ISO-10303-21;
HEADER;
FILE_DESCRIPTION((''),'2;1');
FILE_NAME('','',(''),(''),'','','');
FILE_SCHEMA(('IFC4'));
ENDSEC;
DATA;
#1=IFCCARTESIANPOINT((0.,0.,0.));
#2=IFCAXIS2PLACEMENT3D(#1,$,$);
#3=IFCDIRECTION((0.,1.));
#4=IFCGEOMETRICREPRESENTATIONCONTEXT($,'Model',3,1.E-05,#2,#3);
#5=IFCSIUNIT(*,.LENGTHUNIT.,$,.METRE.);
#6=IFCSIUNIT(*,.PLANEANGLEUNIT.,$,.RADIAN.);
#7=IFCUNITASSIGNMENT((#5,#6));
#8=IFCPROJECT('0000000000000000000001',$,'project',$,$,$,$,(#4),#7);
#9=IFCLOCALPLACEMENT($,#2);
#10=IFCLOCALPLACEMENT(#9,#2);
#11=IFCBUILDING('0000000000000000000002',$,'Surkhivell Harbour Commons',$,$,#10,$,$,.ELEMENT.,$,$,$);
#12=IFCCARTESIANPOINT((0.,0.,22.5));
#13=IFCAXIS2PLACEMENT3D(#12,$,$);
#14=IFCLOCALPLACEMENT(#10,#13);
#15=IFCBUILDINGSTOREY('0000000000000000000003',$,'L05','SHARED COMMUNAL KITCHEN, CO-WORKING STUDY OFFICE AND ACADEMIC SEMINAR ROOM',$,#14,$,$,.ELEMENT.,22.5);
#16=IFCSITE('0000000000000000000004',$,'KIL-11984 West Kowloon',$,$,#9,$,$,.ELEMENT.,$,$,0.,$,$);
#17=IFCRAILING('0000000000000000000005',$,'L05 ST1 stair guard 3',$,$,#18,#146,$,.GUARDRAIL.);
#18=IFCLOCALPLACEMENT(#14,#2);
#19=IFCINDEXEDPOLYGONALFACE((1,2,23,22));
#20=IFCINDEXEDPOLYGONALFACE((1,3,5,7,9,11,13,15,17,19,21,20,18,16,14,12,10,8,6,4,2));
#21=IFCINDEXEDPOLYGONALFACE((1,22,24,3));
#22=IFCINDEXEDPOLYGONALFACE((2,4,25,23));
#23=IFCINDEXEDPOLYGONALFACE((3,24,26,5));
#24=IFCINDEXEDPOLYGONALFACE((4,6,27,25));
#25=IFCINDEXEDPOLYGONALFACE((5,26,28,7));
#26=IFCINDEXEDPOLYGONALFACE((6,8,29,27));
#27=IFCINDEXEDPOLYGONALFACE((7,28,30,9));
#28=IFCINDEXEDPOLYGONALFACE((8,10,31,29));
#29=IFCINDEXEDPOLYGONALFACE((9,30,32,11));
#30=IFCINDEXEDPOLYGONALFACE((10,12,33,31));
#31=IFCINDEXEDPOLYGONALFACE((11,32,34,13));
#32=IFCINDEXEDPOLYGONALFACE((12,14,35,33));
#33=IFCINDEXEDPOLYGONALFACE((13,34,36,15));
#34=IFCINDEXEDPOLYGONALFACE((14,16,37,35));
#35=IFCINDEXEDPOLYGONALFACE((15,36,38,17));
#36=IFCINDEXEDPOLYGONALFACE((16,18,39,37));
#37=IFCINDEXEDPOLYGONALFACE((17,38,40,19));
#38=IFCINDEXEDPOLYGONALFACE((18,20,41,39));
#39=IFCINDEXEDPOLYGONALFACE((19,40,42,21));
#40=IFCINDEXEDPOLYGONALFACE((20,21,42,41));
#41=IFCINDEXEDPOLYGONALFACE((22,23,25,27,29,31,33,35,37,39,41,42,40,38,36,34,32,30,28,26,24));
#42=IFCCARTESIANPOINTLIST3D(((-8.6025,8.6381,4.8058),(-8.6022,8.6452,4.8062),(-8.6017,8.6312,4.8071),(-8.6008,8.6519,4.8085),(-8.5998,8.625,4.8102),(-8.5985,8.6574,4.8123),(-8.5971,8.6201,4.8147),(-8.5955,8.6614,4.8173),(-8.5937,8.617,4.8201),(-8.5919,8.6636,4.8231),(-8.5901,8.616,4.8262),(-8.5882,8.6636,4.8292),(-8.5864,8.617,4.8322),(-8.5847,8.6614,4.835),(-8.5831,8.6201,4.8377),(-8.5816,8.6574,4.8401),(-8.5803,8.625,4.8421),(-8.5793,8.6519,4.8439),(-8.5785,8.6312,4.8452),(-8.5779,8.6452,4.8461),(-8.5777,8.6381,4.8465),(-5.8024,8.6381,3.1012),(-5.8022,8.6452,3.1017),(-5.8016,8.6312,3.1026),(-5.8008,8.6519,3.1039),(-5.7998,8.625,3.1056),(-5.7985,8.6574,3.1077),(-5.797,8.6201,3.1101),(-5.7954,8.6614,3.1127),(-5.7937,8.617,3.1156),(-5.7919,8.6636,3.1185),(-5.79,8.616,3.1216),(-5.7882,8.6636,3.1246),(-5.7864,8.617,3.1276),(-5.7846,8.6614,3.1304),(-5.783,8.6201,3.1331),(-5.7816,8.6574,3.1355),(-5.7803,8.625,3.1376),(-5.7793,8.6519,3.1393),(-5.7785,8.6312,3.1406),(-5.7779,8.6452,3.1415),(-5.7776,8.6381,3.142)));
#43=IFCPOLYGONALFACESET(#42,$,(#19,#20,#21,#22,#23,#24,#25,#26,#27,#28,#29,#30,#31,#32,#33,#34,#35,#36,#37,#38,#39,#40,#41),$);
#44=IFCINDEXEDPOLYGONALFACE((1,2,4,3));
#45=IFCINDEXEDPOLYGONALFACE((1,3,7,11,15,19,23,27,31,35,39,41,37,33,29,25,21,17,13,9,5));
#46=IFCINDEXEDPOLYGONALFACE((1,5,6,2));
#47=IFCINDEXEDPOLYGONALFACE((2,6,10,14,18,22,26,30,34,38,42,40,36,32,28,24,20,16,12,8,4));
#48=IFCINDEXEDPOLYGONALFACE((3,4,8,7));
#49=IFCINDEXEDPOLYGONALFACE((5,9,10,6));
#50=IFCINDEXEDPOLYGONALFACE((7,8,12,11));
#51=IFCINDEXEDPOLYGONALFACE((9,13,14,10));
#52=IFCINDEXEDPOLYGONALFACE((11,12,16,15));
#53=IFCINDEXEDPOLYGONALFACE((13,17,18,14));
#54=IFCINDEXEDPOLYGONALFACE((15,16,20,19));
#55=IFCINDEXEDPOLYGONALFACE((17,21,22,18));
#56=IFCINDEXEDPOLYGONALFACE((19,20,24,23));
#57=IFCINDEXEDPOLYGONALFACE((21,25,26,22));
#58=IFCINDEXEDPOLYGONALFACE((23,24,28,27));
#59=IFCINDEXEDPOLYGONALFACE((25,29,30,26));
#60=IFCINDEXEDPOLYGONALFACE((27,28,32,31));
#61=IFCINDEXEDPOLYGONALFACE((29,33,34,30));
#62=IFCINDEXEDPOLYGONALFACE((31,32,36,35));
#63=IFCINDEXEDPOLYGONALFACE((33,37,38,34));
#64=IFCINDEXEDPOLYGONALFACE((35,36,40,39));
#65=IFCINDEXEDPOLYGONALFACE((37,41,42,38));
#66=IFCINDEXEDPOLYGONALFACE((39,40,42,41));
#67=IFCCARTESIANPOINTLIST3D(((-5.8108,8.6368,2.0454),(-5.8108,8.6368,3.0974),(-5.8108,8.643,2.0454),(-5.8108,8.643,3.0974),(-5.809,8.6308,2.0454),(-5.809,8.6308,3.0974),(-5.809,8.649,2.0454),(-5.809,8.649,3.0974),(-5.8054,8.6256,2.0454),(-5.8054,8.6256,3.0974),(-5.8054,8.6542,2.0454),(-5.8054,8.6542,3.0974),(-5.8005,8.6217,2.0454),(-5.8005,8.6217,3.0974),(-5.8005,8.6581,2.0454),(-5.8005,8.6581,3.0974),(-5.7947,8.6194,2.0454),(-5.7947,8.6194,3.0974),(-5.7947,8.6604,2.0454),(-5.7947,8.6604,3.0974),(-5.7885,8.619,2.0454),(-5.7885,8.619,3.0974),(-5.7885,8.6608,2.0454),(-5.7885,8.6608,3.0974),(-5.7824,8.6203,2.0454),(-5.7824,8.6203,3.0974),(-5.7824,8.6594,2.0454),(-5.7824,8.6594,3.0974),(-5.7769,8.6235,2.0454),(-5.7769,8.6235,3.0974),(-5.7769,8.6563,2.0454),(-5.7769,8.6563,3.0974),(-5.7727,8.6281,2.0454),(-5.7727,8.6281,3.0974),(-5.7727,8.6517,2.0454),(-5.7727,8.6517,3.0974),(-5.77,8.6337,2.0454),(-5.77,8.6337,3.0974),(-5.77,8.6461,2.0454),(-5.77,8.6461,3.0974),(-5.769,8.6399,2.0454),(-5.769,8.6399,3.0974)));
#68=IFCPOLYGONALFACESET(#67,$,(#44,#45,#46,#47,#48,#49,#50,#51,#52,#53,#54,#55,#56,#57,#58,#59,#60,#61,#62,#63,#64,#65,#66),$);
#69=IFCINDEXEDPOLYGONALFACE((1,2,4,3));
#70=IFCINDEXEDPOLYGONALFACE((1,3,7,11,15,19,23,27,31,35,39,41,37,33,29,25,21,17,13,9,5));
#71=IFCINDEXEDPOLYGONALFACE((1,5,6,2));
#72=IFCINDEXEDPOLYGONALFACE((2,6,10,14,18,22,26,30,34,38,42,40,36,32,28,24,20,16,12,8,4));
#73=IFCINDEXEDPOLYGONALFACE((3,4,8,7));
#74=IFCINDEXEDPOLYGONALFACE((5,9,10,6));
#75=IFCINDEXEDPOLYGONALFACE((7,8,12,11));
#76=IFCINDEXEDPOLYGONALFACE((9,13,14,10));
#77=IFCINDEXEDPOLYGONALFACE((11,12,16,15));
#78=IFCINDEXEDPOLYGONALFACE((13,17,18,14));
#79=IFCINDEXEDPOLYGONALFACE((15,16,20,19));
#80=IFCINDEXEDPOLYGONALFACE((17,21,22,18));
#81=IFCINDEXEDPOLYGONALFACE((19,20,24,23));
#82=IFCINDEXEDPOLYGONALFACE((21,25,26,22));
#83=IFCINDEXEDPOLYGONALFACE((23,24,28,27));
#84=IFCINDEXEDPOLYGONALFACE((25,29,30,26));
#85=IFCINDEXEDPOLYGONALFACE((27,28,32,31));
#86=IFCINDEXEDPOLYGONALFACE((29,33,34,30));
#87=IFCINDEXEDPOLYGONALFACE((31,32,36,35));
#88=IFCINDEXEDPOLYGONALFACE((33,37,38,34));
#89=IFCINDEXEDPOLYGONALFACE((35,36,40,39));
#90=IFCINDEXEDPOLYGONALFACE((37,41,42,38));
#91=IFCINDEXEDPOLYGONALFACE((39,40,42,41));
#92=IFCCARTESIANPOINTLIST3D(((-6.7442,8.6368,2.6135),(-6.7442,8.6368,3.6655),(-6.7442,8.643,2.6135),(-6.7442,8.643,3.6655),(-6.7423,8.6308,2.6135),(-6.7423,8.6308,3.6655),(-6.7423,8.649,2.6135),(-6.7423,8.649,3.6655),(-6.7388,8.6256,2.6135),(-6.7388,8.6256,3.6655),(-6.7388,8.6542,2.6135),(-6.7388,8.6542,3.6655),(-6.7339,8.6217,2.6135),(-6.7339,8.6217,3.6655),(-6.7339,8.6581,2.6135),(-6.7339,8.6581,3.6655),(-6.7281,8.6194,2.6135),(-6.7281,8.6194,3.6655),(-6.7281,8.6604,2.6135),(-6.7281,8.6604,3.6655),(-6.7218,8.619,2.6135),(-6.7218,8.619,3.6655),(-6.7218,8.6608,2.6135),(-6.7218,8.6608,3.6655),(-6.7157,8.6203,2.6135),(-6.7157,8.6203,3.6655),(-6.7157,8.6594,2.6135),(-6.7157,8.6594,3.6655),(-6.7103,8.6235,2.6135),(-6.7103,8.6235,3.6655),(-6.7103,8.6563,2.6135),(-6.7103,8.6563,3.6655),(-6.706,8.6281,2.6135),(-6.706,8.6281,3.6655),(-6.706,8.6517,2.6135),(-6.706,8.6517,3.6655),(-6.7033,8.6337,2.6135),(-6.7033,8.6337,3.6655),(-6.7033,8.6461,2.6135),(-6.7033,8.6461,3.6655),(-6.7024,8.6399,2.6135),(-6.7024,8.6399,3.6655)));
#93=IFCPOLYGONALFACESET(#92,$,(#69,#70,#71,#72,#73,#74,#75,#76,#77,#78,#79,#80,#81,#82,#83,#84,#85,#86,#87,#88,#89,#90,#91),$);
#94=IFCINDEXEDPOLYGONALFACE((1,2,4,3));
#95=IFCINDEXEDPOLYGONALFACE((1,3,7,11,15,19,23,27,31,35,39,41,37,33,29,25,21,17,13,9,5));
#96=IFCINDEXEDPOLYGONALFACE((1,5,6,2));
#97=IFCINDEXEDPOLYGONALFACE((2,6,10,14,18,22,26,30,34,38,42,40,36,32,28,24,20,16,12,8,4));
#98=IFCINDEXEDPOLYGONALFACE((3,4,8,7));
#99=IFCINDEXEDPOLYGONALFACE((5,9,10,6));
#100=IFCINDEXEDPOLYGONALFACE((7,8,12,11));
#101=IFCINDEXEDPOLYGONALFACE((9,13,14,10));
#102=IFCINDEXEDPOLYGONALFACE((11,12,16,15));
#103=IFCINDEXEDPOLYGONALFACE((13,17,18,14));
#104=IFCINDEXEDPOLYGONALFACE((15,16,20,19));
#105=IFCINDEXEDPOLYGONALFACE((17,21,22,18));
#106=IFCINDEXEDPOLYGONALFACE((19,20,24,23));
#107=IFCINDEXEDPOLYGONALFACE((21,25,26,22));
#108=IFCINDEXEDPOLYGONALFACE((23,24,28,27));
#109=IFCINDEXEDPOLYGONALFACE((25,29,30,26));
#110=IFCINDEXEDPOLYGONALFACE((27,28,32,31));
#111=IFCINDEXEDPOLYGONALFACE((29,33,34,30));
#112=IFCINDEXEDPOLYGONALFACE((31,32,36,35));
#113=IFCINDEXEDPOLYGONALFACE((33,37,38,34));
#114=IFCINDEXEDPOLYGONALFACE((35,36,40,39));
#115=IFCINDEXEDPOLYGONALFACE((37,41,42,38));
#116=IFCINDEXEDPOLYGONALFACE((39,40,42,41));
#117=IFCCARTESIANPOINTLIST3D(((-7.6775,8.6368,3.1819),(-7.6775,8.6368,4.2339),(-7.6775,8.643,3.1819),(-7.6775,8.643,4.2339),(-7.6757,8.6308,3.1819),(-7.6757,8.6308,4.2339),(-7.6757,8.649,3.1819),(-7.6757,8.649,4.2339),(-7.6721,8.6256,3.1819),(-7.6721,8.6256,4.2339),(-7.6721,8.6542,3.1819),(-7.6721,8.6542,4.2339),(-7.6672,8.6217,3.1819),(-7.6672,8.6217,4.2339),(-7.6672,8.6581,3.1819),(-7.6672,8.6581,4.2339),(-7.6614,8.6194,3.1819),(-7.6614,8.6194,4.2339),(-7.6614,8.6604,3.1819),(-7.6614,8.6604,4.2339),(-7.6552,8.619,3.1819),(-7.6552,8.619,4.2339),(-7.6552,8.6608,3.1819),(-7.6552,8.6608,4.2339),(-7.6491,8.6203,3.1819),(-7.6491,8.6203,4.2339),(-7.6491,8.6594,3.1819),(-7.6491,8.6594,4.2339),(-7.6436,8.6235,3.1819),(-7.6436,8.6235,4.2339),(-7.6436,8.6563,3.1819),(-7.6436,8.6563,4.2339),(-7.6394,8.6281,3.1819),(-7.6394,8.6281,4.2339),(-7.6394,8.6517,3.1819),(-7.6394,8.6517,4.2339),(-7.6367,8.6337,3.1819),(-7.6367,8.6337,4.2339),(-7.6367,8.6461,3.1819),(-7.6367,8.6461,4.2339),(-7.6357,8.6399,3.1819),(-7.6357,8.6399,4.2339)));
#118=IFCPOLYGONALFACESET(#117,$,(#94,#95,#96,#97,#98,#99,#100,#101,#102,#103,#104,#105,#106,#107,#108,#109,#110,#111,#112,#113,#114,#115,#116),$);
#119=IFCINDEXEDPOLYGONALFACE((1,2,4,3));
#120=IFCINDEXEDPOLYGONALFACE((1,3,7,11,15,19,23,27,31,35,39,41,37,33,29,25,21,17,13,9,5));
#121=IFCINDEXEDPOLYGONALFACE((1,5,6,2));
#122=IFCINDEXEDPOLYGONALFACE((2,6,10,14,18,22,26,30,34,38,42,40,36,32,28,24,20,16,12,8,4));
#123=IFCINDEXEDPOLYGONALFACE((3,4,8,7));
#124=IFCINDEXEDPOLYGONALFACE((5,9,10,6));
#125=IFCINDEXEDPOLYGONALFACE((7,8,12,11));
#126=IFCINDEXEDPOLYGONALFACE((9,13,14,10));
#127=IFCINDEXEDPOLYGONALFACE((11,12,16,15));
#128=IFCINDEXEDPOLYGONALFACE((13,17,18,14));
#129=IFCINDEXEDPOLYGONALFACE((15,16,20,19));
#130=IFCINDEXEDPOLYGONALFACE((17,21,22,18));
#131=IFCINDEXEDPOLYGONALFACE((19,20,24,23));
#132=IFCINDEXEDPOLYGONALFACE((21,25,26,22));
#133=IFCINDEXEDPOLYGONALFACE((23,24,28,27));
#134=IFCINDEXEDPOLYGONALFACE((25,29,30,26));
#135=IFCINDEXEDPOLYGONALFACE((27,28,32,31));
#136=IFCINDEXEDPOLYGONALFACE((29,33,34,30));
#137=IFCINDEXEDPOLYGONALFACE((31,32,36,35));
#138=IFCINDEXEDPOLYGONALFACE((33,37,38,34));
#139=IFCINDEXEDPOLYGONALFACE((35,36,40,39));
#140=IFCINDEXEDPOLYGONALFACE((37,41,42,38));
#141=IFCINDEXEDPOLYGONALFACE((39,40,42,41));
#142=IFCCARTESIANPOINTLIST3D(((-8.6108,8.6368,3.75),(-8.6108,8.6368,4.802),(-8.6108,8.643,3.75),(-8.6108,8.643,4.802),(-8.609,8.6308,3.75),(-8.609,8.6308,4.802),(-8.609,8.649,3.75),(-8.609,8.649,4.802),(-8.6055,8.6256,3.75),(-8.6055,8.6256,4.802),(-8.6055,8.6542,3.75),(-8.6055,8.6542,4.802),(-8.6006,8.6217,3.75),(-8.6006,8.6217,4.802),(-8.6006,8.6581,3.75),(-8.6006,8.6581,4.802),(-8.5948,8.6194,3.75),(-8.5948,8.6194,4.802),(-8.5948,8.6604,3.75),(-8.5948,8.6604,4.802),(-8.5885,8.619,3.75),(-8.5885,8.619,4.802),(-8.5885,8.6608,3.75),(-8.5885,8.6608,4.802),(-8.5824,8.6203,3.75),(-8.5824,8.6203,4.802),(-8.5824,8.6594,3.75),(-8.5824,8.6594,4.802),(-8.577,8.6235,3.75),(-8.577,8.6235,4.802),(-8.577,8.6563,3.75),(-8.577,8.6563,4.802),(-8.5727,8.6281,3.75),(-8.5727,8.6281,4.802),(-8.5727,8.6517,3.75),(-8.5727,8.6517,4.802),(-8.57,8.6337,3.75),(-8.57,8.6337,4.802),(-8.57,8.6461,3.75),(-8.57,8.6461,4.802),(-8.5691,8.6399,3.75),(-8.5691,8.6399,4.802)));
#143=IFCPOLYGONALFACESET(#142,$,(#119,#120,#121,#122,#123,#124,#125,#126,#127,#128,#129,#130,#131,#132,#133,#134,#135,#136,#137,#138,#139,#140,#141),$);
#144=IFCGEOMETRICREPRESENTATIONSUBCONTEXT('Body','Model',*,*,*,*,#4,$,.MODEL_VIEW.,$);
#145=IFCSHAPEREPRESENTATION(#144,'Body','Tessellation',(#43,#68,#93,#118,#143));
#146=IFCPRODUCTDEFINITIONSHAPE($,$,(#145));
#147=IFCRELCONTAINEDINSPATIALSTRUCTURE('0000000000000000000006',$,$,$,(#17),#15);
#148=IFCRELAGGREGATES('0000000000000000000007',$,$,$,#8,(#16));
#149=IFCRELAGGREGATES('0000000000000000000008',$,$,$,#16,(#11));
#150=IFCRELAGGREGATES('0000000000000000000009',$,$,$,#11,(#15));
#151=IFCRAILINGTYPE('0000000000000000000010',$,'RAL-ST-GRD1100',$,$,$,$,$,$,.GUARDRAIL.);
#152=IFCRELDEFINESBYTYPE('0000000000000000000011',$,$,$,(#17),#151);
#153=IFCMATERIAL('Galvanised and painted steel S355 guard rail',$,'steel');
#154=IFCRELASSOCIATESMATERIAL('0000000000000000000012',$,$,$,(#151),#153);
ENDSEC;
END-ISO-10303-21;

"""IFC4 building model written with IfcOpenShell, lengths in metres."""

from ifc_helpers import new_model, si_unit, direction, frame, origin, origin_2d, place, context, subcontext, project, spatial, circle, extrude, material, type_object, element, save


model = new_model("IFC4")

# Units and contexts
model_context = context("Model", 3, precision=1e-05, world=origin(), true_north=direction((0.0, 1.0)))
body_context = subcontext(model_context, "Body", "Model", "MODEL_VIEW")
ifc_project = project(units=[si_unit("LENGTHUNIT", "METRE"), si_unit("PLANEANGLEUNIT", "RADIAN")], contexts=[model_context])

# Site, building, storey
site_placement = place(None, origin())
site = spatial("IfcSite", under=ifc_project, at=site_placement, Name="KIL-11984 West Kowloon", CompositionType="ELEMENT", RefElevation=0.0)
building_placement = place(site_placement, origin())
building = spatial("IfcBuilding", under=site, at=building_placement, Name="Surkhivell Harbour Commons", CompositionType="ELEMENT")
storey_placement = place(building_placement, frame((0.0, 0.0, 22.5)))
storey = spatial("IfcBuildingStorey", under=building, at=storey_placement, Name="L05", Description="SHARED COMMUNAL KITCHEN, CO-WORKING STUDY OFFICE AND ACADEMIC SEMINAR ROOM", CompositionType="ELEMENT", Elevation=22.5)

# Railing
ifc_material_1 = material(Name="Galvanised and painted steel S355 guard rail", Category="steel")
railing_type_1 = type_object("IfcRailingType", Name="RAL-ST-GRD1100", PredefinedType="GUARDRAIL", material=ifc_material_1)
railing_1_placement = place(storey_placement, frame((-5.79, 8.6399, 2.0454)))
element("IfcRailing", 1, at=railing_1_placement, inside=storey, type_object=railing_type_1, Name="L05 ST1 stair guard 3", PredefinedType="GUARDRAIL", context=body_context, shape_type="SweptSolid", body=[
    extrude(circle(Radius=0.0239, at=origin_2d()), frame((0.0, 0.0, 1.0762), z_axis=(-0.85417, 0.0, 0.519994), x_axis=(0.0, -1.0, 0.0)), (0.0, 0.0, 1.0), 3.2781),
    extrude(circle(Radius=0.021, at=origin_2d()), origin(), (0.0, 0.0, 1.0), 1.052),
    extrude(circle(Radius=0.021, at=origin_2d()), frame((-0.9333, 0.0, 0.5681)), (0.0, 0.0, 1.0), 1.052),
    extrude(circle(Radius=0.021, at=origin_2d()), frame((-1.8667, 0.0, 1.1365)), (0.0, 0.0, 1.0), 1.052),
    extrude(circle(Radius=0.021, at=origin_2d()), frame((-2.8, 0.0, 1.7046)), (0.0, 0.0, 1.0), 1.052),
])

save(model, "model.ifc")
